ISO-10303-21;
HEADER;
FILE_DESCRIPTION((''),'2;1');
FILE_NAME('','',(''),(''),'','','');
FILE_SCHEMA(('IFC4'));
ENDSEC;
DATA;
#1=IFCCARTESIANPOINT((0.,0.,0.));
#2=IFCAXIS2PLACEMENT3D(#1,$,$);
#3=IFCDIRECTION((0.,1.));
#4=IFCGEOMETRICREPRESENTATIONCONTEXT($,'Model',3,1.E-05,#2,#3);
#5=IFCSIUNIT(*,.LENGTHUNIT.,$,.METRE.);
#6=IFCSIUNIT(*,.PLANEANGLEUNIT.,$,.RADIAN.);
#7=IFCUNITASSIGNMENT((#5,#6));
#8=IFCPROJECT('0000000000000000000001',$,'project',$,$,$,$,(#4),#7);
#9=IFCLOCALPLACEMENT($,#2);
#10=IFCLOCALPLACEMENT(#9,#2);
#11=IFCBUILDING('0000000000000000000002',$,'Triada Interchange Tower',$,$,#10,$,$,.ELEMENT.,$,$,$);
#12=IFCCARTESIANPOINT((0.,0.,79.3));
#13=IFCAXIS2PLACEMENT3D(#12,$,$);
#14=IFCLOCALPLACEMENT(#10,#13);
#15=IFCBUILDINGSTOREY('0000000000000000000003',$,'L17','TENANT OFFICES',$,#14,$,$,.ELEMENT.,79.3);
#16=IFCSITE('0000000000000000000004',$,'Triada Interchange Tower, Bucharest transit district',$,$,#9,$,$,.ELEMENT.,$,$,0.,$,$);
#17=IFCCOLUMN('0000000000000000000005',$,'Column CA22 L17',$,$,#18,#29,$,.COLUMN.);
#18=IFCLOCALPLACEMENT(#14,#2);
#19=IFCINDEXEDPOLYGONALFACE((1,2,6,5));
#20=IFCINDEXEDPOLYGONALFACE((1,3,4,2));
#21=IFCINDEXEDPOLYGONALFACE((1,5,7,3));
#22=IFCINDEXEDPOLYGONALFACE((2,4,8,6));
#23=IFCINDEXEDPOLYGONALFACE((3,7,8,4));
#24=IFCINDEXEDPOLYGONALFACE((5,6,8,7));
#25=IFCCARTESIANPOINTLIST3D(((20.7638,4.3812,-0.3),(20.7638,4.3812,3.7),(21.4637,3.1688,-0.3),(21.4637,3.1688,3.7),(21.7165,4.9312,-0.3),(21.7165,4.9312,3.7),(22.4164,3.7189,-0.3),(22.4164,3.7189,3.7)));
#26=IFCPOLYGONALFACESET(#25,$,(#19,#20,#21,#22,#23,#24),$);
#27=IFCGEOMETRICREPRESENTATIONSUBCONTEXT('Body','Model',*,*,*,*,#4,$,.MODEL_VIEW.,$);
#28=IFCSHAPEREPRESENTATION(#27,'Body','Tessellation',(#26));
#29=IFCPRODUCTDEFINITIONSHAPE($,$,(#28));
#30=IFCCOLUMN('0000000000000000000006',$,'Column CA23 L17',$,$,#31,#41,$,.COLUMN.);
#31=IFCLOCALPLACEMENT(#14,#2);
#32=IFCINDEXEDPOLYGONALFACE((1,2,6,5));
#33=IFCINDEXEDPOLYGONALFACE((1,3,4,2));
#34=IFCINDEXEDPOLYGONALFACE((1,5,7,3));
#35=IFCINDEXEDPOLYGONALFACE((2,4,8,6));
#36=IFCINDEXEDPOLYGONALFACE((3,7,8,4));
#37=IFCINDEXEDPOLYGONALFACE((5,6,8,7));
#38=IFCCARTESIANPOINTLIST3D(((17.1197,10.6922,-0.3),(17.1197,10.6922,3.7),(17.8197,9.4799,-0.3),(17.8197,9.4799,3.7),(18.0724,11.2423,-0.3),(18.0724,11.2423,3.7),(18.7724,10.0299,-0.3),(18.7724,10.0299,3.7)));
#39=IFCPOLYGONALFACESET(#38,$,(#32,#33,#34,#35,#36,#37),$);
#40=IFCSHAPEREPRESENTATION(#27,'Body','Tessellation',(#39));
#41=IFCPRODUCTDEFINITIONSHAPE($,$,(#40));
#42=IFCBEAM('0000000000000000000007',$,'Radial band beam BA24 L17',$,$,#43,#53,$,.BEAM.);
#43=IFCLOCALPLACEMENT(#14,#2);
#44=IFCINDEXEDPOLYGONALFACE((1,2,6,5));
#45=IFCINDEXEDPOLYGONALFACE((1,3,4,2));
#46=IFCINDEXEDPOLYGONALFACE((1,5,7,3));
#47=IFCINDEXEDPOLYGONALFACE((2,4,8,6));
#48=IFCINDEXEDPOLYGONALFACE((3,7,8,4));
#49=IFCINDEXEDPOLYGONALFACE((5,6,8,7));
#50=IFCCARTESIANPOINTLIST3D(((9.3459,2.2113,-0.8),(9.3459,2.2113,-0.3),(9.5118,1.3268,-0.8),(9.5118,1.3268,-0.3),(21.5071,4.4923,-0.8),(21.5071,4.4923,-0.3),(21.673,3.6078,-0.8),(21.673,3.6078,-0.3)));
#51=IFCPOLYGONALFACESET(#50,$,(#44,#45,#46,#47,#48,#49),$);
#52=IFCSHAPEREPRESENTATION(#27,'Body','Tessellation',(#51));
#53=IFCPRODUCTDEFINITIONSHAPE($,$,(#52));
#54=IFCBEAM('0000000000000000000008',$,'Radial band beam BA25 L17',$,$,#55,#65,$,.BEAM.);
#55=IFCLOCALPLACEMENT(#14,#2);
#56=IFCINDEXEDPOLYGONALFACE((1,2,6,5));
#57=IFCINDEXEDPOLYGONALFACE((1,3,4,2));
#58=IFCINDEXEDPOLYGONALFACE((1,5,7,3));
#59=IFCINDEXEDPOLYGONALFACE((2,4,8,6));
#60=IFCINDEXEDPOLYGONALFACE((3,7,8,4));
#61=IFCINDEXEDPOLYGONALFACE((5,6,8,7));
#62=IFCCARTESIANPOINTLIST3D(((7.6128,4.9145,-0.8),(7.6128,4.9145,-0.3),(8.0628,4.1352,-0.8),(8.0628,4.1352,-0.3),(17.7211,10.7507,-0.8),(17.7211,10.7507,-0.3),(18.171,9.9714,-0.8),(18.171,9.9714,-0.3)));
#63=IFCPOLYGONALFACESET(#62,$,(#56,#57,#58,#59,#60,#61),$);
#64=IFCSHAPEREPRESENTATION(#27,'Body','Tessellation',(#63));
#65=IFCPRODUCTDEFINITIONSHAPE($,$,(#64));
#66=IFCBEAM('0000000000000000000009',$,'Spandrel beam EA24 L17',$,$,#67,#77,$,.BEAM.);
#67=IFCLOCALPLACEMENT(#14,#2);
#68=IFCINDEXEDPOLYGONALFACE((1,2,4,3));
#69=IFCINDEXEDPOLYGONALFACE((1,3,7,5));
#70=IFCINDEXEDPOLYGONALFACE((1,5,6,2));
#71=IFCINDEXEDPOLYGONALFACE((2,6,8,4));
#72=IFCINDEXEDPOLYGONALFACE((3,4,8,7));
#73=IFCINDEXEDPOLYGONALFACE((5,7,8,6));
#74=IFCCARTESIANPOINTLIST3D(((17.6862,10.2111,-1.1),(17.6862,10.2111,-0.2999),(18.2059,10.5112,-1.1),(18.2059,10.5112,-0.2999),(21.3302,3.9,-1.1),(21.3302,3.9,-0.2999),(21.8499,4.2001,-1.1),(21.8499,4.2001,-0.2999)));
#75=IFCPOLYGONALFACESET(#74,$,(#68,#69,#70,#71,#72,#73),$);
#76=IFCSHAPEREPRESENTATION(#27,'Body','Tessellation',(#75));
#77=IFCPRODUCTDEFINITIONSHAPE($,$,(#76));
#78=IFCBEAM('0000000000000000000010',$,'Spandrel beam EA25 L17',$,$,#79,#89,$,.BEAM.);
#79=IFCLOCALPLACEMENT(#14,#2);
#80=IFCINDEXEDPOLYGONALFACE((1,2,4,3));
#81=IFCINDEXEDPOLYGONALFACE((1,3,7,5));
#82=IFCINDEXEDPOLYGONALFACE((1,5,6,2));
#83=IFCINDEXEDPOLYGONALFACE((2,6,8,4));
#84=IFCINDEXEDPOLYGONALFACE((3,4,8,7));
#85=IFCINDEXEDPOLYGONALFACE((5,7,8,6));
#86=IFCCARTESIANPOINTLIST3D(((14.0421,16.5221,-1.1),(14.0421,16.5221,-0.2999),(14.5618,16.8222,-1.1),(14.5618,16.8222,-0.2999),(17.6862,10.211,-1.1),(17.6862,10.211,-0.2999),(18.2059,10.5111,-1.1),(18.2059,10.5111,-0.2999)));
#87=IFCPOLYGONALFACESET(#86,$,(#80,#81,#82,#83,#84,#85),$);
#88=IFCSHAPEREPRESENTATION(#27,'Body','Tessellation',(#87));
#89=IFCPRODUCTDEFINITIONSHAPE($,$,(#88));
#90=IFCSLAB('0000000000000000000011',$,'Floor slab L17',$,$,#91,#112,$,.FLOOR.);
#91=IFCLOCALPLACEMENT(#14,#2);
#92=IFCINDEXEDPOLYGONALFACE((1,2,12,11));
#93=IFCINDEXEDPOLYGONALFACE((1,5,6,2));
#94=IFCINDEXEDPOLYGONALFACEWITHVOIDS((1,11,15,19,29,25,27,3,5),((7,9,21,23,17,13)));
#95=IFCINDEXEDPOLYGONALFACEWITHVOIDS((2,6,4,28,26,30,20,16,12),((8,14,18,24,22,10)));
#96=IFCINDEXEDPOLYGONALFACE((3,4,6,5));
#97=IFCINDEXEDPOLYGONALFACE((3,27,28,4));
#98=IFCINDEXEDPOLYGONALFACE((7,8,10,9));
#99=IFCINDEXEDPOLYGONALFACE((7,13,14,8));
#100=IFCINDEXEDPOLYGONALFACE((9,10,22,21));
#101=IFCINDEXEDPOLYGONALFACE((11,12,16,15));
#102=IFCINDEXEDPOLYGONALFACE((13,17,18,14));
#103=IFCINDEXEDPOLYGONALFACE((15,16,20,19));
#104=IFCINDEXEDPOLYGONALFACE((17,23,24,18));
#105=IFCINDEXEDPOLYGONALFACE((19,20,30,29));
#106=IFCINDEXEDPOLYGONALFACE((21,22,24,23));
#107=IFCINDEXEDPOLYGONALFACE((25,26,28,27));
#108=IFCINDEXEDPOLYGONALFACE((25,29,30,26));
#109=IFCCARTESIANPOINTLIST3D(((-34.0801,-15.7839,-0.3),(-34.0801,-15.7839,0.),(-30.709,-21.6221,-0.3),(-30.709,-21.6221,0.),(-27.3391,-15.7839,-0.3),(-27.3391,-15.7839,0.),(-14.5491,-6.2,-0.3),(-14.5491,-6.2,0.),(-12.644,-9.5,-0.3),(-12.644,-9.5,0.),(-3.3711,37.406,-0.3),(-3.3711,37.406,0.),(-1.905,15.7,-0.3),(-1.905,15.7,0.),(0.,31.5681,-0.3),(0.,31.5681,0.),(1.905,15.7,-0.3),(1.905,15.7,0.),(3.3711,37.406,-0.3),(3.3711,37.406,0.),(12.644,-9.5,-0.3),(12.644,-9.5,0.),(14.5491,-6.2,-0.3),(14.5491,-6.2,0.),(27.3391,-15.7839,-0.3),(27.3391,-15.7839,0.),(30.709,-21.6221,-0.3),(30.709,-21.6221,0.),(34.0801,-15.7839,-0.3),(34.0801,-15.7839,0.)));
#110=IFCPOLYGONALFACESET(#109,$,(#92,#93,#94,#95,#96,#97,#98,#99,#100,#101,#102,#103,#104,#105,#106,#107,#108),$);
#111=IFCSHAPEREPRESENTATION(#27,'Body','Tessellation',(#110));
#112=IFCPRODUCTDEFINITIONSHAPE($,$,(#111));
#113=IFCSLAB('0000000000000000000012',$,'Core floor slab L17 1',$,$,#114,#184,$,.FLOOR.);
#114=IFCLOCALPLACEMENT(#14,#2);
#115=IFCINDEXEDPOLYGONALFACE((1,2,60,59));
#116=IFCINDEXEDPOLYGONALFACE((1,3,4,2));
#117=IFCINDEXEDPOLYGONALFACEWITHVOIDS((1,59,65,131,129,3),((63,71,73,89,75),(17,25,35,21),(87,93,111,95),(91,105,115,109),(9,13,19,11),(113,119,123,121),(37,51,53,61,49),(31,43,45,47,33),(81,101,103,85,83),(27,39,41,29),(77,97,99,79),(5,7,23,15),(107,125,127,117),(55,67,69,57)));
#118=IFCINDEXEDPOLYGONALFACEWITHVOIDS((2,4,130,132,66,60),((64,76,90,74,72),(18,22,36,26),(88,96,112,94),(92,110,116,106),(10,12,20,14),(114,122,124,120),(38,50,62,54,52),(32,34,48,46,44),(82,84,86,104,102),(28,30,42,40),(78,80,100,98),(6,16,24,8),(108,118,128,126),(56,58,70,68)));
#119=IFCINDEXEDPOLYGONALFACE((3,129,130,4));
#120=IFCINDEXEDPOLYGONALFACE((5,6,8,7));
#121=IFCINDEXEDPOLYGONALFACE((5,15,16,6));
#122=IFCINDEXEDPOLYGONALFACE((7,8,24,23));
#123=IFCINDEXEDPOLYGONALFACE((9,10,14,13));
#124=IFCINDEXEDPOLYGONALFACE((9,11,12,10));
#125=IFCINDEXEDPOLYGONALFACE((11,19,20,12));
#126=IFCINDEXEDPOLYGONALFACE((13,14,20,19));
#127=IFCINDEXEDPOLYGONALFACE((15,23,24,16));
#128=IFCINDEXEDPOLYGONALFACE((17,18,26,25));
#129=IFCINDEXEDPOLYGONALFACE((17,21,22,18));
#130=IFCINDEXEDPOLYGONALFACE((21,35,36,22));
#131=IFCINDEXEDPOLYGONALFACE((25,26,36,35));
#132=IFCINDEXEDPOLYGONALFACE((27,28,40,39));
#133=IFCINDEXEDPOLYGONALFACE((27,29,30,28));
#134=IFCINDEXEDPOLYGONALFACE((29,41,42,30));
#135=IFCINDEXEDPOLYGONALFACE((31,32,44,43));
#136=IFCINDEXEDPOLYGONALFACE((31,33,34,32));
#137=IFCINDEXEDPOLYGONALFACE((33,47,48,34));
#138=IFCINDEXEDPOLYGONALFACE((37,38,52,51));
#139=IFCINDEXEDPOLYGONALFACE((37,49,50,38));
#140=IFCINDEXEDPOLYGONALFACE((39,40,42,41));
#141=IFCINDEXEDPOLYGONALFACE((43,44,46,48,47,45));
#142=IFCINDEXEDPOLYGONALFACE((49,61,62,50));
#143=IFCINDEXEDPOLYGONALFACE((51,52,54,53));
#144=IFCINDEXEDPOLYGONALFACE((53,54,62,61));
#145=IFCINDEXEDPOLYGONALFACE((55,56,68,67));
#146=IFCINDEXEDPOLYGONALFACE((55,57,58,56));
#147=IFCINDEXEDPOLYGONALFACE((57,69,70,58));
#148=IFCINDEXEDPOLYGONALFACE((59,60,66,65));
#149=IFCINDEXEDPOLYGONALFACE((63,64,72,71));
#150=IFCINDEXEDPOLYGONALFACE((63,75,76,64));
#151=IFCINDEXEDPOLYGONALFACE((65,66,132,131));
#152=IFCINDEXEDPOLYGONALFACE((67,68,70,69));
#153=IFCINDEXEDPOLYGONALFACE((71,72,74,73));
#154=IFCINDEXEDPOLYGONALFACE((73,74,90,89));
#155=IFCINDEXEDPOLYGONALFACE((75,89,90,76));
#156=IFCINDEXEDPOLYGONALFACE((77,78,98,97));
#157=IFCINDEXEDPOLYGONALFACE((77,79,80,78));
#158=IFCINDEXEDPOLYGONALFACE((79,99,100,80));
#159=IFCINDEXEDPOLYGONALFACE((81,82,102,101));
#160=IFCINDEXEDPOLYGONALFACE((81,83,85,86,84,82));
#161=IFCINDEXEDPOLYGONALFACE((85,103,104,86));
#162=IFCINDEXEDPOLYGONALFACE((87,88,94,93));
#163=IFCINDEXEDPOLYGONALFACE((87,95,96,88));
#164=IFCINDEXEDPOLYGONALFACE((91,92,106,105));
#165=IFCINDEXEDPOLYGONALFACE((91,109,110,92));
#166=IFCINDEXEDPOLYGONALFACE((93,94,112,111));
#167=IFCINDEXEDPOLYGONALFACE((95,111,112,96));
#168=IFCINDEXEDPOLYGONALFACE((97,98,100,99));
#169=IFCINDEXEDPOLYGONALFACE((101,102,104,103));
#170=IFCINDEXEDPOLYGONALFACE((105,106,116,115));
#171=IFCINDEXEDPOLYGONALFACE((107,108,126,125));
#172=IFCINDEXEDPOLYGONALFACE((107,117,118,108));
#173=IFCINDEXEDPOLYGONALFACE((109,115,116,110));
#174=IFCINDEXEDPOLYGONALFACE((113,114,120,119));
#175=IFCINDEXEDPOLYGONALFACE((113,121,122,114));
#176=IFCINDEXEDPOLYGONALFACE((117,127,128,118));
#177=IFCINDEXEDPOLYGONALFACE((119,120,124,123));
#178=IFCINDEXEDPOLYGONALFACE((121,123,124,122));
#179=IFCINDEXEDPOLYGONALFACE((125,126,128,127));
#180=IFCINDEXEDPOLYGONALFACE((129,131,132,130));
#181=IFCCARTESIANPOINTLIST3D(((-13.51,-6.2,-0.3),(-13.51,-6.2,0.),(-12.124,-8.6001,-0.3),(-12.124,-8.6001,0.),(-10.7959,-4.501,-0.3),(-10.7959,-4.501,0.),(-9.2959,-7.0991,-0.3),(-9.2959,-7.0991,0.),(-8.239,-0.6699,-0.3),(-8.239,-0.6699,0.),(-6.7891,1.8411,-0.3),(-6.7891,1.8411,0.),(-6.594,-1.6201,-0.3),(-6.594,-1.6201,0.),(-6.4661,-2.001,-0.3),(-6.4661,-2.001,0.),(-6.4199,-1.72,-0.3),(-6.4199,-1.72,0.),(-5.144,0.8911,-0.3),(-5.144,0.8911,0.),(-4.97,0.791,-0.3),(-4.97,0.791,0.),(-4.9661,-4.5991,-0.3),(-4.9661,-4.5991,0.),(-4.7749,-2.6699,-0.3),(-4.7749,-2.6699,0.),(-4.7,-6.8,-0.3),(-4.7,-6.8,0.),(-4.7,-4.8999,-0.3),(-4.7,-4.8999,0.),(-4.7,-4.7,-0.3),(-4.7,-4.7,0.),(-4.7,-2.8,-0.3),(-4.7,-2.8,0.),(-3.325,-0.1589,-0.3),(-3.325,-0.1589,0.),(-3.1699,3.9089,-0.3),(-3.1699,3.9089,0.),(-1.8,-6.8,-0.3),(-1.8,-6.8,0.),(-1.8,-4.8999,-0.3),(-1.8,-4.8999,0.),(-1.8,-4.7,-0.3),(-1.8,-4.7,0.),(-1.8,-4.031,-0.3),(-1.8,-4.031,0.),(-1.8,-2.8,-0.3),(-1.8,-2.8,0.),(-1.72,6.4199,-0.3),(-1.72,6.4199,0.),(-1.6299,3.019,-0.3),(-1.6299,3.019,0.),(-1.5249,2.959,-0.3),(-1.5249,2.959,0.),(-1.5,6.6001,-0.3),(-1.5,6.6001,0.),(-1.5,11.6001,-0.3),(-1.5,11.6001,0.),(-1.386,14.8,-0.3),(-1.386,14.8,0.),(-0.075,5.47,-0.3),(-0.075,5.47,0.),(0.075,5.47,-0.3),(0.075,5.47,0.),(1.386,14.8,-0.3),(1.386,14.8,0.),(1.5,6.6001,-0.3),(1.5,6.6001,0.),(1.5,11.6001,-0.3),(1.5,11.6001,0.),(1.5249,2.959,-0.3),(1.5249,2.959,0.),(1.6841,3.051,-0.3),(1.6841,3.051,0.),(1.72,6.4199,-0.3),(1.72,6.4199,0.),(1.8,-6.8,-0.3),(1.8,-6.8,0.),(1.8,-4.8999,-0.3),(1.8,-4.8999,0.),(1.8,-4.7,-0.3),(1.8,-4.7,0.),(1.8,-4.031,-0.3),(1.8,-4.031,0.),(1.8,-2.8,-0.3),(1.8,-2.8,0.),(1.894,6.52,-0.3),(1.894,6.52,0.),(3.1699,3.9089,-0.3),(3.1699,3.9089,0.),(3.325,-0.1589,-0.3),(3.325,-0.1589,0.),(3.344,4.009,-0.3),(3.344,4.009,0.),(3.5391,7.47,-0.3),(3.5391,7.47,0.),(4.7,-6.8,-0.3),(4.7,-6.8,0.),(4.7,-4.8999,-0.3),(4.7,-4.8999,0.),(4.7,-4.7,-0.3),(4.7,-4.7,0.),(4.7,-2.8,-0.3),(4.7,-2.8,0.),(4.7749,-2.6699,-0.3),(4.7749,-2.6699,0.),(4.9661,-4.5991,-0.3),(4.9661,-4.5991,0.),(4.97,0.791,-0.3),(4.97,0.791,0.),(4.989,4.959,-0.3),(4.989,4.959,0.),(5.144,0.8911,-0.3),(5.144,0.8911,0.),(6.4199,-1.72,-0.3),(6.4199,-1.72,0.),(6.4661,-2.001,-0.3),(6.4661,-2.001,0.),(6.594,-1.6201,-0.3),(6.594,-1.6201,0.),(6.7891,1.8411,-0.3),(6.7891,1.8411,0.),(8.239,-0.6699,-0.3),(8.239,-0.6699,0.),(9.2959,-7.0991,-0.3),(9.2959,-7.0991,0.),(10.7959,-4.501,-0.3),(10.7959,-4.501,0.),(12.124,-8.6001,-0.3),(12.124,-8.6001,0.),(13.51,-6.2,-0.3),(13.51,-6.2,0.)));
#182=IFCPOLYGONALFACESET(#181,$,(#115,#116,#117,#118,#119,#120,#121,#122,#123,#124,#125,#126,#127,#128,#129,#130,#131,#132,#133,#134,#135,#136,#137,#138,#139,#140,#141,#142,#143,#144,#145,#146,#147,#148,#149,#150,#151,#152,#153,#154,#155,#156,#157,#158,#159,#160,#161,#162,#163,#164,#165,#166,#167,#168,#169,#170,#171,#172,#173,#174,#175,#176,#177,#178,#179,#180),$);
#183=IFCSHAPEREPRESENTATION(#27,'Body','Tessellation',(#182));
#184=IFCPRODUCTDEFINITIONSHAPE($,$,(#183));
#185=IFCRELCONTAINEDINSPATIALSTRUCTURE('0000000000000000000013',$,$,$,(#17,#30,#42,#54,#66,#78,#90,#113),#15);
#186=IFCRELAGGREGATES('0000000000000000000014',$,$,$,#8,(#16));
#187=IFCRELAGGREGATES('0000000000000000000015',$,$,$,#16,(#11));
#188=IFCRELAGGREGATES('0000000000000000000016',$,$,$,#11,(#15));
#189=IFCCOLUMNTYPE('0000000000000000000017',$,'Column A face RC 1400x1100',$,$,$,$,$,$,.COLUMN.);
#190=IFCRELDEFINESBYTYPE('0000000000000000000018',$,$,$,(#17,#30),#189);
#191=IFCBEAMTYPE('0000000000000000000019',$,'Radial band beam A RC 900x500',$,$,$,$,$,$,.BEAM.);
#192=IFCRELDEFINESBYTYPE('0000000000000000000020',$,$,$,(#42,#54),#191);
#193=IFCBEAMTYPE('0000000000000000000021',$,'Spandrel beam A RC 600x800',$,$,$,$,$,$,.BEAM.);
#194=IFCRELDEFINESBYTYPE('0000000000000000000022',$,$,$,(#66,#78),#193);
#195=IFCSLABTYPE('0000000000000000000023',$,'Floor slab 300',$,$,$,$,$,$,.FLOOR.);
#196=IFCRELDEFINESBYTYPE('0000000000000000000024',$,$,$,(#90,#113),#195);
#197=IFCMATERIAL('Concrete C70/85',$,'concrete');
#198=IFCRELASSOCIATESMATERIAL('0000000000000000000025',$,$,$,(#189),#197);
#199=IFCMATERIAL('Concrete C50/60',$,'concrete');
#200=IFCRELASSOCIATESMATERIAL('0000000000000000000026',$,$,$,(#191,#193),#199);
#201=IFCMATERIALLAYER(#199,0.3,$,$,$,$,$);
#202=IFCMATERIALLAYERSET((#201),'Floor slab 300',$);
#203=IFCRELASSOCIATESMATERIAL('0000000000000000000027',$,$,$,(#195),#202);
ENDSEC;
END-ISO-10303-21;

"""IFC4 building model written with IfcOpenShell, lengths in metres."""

from ifc_helpers import new_model, si_unit, direction, frame, origin, origin_2d, place, context, subcontext, project, spatial, polyline, rectangle, outline, extrude, material, layer, layer_set, material_profile, profile_set, type_object, element, save


model = new_model("IFC4")

# Units and contexts
model_context = context("Model", 3, precision=1e-05, world=origin(), true_north=direction((0.0, 1.0)))
body_context = subcontext(model_context, "Body", "Model", "MODEL_VIEW")
ifc_project = project(units=[si_unit("LENGTHUNIT", "METRE"), si_unit("PLANEANGLEUNIT", "RADIAN")], contexts=[model_context])

# Site, building, storey
site_placement = place(None, origin())
site = spatial("IfcSite", under=ifc_project, at=site_placement, Name="Triada Interchange Tower, Bucharest transit district", CompositionType="ELEMENT", RefElevation=0.0)
building_placement = place(site_placement, origin())
building = spatial("IfcBuilding", under=site, at=building_placement, Name="Triada Interchange Tower", CompositionType="ELEMENT")
storey_placement = place(building_placement, frame((0.0, 0.0, 79.3)))
storey = spatial("IfcBuildingStorey", under=building, at=storey_placement, Name="L17", Description="TENANT OFFICES", CompositionType="ELEMENT", Elevation=79.3)

# Columns
ifc_material_1 = material(Name="Concrete C70/85", Category="concrete")
ifc_material_profile_1 = material_profile(ifc_material_1, rectangle(XDim=1.3999, YDim=1.1001, at=origin_2d()), Name="RC 1400x1100")
ifc_profile_set_1 = profile_set([ifc_material_profile_1], Name="Concrete C70/85")
column_type = type_object("IfcColumnType", Name="Column A face RC 1400x1100", PredefinedType="COLUMN", material=ifc_profile_set_1)
for number, where, z_axis, x_axis, name in (
    (1, (21.5901, 4.05, -0.3), (0.0, 0.0, 1.0), (-0.5, 0.866025, 0.0), "Column CA22 L17"),
    (2, (17.946, 10.3611, -0.3), (0.0, 0.0, 1.0), (-0.5, 0.866025, 0.0), "Column CA23 L17"),
):
    element("IfcColumn", number, at=place(storey_placement, frame(where, z_axis=z_axis, x_axis=x_axis)), inside=storey, type_object=column_type, Name=name, PredefinedType="COLUMN", context=body_context, shape_type="SweptSolid", body=[
        extrude(rectangle(XDim=1.3999, YDim=1.1001, at=origin_2d()), origin(), (0.0, 0.0, 1.0), 4.0),
    ])

# Beams
ifc_material_2 = material(Name="Concrete C50/60", Category="concrete")
ifc_material_profile_2 = material_profile(ifc_material_2, rectangle(XDim=0.8999, YDim=0.5, at=origin_2d()), Name="RC 900x500")
ifc_profile_set_2 = profile_set([ifc_material_profile_2], Name="Concrete C50/60")
beam_type_1 = type_object("IfcBeamType", Name="Radial band beam A RC 900x500", PredefinedType="BEAM", material=ifc_profile_set_2)
beam_1_placement = place(storey_placement, frame((21.5901, 4.05, -0.55), z_axis=(-0.982861, -0.18435, 0.0), x_axis=(0.18435, -0.982861, 0.0)))
element("IfcBeam", 3, at=beam_1_placement, inside=storey, type_object=beam_type_1, Name="Radial band beam BA24 L17", PredefinedType="BEAM", context=body_context, shape_type="SweptSolid", body=[
    extrude(rectangle(XDim=0.8999, YDim=0.5, at=origin_2d()), origin(), (0.0, 0.0, 1.0), 12.3733),
])
beam_2_placement = place(storey_placement, frame((17.946, 10.3611, -0.55), z_axis=(-0.866017, -0.500015, 0.0), x_axis=(0.500015, -0.866017, 0.0)))
element("IfcBeam", 4, at=beam_2_placement, inside=storey, type_object=beam_type_1, Name="Radial band beam BA25 L17", PredefinedType="BEAM", context=body_context, shape_type="SweptSolid", body=[
    extrude(rectangle(XDim=0.8999, YDim=0.5, at=origin_2d()), origin(), (0.0, 0.0, 1.0), 11.6721),
])
ifc_material_profile_3 = material_profile(ifc_material_2, rectangle(XDim=0.6001, YDim=0.8, at=origin_2d()), Name="RC 600x800")
ifc_profile_set_3 = profile_set([ifc_material_profile_3], Name="Concrete C50/60")
beam_type_2 = type_object("IfcBeamType", Name="Spandrel beam A RC 600x800", PredefinedType="BEAM", material=ifc_profile_set_3)
for number, where, z_axis, x_axis, name in (
    (5, (21.5901, 4.05, -0.7), (-0.500038, 0.866004, 0.0), (-0.866004, -0.500038, 0.0), "Spandrel beam EA24 L17"),
    (6, (17.946, 10.3611, -0.7), (-0.500038, 0.866004, 0.0), (-0.866004, -0.500038, 0.0), "Spandrel beam EA25 L17"),
):
    element("IfcBeam", number, at=place(storey_placement, frame(where, z_axis=z_axis, x_axis=x_axis)), inside=storey, type_object=beam_type_2, Name=name, PredefinedType="BEAM", context=body_context, shape_type="SweptSolid", body=[
        extrude(rectangle(XDim=0.6001, YDim=0.8, at=origin_2d()), origin(), (0.0, 0.0, 1.0), 7.2876),
    ])

# Slabs
ifc_layer_1 = layer(ifc_material_2, 0.3)
ifc_layer_set_1 = layer_set([ifc_layer_1], Name="Floor slab 300")
slab_type_1 = type_object("IfcSlabType", Name="Floor slab 300", PredefinedType="FLOOR", material=ifc_layer_set_1)
slab_1_placement = place(storey_placement, frame((0.0, 0.0, -0.3)))
element("IfcSlab", 7, at=slab_1_placement, inside=storey, type_object=slab_type_1, Name="Floor slab L17", PredefinedType="FLOOR", context=body_context, shape_type="SweptSolid", body=[
    extrude(outline(polyline([(-3.3711, 37.406), (-34.0801, -15.7839), (-27.3391, -15.7839), (-30.709, -21.6221), (30.709, -21.6221), (27.3391, -15.7839), (34.0801, -15.7839), (3.3711, 37.406), (0.0, 31.5681), (-3.3711, 37.406)]), holes=[polyline([(1.905, 15.7), (-1.905, 15.7), (-14.5491, -6.2), (-12.644, -9.5), (12.644, -9.5), (14.5491, -6.2), (1.905, 15.7)])]), origin(), (0.0, 0.0, 1.0), 0.3),
])
slab_2_placement = place(storey_placement, frame((0.0, 0.0, -0.3)))
element("IfcSlab", 8, at=slab_2_placement, inside=storey, type_object=slab_type_1, Name="Core floor slab L17 1", PredefinedType="FLOOR", context=body_context, shape_type="SweptSolid", body=[
    extrude(outline(polyline([(13.51, -6.2), (12.124, -8.6001), (-12.124, -8.6001), (-13.51, -6.2), (-1.386, 14.8), (1.386, 14.8), (13.51, -6.2)]), holes=[polyline([(9.2959, -7.0991), (10.7959, -4.501), (6.4661, -2.001), (4.9661, -4.5991), (9.2959, -7.0991)]), polyline([(6.7891, 1.8411), (5.144, 0.8911), (6.594, -1.6201), (8.239, -0.6699), (6.7891, 1.8411)]), polyline([(4.97, 0.791), (3.325, -0.1589), (4.7749, -2.6699), (6.4199, -1.72), (4.97, 0.791)]), polyline([(1.894, 6.52), (3.344, 4.009), (4.989, 4.959), (3.5391, 7.47), (1.894, 6.52)]), polyline([(1.8, -4.8999), (1.8, -6.8), (4.7, -6.8), (4.7, -4.8999), (1.8, -4.8999)]), polyline([(1.8, -2.8), (1.8, -4.031), (1.8, -4.7), (4.7, -4.7), (4.7, -2.8), (1.8, -2.8)]), polyline([(1.5249, 2.959), (1.6841, 3.051), (3.1699, 3.9089), (1.72, 6.4199), (0.075, 5.47), (1.5249, 2.959)]), polyline([(1.5, 11.6001), (-1.5, 11.6001), (-1.5, 6.6001), (1.5, 6.6001), (1.5, 11.6001)]), polyline([(-0.075, 5.47), (-1.72, 6.4199), (-3.1699, 3.9089), (-1.6299, 3.019), (-1.5249, 2.959), (-0.075, 5.47)]), polyline([(-4.7, -2.8), (-4.7, -4.7), (-1.8, -4.7), (-1.8, -4.031), (-1.8, -2.8), (-4.7, -2.8)]), polyline([(-4.7, -4.8999), (-4.7, -6.8), (-1.8, -6.8), (-1.8, -4.8999), (-4.7, -4.8999)]), polyline([(-4.7749, -2.6699), (-3.325, -0.1589), (-4.97, 0.791), (-6.4199, -1.72), (-4.7749, -2.6699)]), polyline([(-10.7959, -4.501), (-9.2959, -7.0991), (-4.9661, -4.5991), (-6.4661, -2.001), (-10.7959, -4.501)]), polyline([(-6.594, -1.6201), (-5.144, 0.8911), (-6.7891, 1.8411), (-8.239, -0.6699), (-6.594, -1.6201)])]), origin(), (0.0, 0.0, 1.0), 0.3),
])

save(model, "model.ifc")
